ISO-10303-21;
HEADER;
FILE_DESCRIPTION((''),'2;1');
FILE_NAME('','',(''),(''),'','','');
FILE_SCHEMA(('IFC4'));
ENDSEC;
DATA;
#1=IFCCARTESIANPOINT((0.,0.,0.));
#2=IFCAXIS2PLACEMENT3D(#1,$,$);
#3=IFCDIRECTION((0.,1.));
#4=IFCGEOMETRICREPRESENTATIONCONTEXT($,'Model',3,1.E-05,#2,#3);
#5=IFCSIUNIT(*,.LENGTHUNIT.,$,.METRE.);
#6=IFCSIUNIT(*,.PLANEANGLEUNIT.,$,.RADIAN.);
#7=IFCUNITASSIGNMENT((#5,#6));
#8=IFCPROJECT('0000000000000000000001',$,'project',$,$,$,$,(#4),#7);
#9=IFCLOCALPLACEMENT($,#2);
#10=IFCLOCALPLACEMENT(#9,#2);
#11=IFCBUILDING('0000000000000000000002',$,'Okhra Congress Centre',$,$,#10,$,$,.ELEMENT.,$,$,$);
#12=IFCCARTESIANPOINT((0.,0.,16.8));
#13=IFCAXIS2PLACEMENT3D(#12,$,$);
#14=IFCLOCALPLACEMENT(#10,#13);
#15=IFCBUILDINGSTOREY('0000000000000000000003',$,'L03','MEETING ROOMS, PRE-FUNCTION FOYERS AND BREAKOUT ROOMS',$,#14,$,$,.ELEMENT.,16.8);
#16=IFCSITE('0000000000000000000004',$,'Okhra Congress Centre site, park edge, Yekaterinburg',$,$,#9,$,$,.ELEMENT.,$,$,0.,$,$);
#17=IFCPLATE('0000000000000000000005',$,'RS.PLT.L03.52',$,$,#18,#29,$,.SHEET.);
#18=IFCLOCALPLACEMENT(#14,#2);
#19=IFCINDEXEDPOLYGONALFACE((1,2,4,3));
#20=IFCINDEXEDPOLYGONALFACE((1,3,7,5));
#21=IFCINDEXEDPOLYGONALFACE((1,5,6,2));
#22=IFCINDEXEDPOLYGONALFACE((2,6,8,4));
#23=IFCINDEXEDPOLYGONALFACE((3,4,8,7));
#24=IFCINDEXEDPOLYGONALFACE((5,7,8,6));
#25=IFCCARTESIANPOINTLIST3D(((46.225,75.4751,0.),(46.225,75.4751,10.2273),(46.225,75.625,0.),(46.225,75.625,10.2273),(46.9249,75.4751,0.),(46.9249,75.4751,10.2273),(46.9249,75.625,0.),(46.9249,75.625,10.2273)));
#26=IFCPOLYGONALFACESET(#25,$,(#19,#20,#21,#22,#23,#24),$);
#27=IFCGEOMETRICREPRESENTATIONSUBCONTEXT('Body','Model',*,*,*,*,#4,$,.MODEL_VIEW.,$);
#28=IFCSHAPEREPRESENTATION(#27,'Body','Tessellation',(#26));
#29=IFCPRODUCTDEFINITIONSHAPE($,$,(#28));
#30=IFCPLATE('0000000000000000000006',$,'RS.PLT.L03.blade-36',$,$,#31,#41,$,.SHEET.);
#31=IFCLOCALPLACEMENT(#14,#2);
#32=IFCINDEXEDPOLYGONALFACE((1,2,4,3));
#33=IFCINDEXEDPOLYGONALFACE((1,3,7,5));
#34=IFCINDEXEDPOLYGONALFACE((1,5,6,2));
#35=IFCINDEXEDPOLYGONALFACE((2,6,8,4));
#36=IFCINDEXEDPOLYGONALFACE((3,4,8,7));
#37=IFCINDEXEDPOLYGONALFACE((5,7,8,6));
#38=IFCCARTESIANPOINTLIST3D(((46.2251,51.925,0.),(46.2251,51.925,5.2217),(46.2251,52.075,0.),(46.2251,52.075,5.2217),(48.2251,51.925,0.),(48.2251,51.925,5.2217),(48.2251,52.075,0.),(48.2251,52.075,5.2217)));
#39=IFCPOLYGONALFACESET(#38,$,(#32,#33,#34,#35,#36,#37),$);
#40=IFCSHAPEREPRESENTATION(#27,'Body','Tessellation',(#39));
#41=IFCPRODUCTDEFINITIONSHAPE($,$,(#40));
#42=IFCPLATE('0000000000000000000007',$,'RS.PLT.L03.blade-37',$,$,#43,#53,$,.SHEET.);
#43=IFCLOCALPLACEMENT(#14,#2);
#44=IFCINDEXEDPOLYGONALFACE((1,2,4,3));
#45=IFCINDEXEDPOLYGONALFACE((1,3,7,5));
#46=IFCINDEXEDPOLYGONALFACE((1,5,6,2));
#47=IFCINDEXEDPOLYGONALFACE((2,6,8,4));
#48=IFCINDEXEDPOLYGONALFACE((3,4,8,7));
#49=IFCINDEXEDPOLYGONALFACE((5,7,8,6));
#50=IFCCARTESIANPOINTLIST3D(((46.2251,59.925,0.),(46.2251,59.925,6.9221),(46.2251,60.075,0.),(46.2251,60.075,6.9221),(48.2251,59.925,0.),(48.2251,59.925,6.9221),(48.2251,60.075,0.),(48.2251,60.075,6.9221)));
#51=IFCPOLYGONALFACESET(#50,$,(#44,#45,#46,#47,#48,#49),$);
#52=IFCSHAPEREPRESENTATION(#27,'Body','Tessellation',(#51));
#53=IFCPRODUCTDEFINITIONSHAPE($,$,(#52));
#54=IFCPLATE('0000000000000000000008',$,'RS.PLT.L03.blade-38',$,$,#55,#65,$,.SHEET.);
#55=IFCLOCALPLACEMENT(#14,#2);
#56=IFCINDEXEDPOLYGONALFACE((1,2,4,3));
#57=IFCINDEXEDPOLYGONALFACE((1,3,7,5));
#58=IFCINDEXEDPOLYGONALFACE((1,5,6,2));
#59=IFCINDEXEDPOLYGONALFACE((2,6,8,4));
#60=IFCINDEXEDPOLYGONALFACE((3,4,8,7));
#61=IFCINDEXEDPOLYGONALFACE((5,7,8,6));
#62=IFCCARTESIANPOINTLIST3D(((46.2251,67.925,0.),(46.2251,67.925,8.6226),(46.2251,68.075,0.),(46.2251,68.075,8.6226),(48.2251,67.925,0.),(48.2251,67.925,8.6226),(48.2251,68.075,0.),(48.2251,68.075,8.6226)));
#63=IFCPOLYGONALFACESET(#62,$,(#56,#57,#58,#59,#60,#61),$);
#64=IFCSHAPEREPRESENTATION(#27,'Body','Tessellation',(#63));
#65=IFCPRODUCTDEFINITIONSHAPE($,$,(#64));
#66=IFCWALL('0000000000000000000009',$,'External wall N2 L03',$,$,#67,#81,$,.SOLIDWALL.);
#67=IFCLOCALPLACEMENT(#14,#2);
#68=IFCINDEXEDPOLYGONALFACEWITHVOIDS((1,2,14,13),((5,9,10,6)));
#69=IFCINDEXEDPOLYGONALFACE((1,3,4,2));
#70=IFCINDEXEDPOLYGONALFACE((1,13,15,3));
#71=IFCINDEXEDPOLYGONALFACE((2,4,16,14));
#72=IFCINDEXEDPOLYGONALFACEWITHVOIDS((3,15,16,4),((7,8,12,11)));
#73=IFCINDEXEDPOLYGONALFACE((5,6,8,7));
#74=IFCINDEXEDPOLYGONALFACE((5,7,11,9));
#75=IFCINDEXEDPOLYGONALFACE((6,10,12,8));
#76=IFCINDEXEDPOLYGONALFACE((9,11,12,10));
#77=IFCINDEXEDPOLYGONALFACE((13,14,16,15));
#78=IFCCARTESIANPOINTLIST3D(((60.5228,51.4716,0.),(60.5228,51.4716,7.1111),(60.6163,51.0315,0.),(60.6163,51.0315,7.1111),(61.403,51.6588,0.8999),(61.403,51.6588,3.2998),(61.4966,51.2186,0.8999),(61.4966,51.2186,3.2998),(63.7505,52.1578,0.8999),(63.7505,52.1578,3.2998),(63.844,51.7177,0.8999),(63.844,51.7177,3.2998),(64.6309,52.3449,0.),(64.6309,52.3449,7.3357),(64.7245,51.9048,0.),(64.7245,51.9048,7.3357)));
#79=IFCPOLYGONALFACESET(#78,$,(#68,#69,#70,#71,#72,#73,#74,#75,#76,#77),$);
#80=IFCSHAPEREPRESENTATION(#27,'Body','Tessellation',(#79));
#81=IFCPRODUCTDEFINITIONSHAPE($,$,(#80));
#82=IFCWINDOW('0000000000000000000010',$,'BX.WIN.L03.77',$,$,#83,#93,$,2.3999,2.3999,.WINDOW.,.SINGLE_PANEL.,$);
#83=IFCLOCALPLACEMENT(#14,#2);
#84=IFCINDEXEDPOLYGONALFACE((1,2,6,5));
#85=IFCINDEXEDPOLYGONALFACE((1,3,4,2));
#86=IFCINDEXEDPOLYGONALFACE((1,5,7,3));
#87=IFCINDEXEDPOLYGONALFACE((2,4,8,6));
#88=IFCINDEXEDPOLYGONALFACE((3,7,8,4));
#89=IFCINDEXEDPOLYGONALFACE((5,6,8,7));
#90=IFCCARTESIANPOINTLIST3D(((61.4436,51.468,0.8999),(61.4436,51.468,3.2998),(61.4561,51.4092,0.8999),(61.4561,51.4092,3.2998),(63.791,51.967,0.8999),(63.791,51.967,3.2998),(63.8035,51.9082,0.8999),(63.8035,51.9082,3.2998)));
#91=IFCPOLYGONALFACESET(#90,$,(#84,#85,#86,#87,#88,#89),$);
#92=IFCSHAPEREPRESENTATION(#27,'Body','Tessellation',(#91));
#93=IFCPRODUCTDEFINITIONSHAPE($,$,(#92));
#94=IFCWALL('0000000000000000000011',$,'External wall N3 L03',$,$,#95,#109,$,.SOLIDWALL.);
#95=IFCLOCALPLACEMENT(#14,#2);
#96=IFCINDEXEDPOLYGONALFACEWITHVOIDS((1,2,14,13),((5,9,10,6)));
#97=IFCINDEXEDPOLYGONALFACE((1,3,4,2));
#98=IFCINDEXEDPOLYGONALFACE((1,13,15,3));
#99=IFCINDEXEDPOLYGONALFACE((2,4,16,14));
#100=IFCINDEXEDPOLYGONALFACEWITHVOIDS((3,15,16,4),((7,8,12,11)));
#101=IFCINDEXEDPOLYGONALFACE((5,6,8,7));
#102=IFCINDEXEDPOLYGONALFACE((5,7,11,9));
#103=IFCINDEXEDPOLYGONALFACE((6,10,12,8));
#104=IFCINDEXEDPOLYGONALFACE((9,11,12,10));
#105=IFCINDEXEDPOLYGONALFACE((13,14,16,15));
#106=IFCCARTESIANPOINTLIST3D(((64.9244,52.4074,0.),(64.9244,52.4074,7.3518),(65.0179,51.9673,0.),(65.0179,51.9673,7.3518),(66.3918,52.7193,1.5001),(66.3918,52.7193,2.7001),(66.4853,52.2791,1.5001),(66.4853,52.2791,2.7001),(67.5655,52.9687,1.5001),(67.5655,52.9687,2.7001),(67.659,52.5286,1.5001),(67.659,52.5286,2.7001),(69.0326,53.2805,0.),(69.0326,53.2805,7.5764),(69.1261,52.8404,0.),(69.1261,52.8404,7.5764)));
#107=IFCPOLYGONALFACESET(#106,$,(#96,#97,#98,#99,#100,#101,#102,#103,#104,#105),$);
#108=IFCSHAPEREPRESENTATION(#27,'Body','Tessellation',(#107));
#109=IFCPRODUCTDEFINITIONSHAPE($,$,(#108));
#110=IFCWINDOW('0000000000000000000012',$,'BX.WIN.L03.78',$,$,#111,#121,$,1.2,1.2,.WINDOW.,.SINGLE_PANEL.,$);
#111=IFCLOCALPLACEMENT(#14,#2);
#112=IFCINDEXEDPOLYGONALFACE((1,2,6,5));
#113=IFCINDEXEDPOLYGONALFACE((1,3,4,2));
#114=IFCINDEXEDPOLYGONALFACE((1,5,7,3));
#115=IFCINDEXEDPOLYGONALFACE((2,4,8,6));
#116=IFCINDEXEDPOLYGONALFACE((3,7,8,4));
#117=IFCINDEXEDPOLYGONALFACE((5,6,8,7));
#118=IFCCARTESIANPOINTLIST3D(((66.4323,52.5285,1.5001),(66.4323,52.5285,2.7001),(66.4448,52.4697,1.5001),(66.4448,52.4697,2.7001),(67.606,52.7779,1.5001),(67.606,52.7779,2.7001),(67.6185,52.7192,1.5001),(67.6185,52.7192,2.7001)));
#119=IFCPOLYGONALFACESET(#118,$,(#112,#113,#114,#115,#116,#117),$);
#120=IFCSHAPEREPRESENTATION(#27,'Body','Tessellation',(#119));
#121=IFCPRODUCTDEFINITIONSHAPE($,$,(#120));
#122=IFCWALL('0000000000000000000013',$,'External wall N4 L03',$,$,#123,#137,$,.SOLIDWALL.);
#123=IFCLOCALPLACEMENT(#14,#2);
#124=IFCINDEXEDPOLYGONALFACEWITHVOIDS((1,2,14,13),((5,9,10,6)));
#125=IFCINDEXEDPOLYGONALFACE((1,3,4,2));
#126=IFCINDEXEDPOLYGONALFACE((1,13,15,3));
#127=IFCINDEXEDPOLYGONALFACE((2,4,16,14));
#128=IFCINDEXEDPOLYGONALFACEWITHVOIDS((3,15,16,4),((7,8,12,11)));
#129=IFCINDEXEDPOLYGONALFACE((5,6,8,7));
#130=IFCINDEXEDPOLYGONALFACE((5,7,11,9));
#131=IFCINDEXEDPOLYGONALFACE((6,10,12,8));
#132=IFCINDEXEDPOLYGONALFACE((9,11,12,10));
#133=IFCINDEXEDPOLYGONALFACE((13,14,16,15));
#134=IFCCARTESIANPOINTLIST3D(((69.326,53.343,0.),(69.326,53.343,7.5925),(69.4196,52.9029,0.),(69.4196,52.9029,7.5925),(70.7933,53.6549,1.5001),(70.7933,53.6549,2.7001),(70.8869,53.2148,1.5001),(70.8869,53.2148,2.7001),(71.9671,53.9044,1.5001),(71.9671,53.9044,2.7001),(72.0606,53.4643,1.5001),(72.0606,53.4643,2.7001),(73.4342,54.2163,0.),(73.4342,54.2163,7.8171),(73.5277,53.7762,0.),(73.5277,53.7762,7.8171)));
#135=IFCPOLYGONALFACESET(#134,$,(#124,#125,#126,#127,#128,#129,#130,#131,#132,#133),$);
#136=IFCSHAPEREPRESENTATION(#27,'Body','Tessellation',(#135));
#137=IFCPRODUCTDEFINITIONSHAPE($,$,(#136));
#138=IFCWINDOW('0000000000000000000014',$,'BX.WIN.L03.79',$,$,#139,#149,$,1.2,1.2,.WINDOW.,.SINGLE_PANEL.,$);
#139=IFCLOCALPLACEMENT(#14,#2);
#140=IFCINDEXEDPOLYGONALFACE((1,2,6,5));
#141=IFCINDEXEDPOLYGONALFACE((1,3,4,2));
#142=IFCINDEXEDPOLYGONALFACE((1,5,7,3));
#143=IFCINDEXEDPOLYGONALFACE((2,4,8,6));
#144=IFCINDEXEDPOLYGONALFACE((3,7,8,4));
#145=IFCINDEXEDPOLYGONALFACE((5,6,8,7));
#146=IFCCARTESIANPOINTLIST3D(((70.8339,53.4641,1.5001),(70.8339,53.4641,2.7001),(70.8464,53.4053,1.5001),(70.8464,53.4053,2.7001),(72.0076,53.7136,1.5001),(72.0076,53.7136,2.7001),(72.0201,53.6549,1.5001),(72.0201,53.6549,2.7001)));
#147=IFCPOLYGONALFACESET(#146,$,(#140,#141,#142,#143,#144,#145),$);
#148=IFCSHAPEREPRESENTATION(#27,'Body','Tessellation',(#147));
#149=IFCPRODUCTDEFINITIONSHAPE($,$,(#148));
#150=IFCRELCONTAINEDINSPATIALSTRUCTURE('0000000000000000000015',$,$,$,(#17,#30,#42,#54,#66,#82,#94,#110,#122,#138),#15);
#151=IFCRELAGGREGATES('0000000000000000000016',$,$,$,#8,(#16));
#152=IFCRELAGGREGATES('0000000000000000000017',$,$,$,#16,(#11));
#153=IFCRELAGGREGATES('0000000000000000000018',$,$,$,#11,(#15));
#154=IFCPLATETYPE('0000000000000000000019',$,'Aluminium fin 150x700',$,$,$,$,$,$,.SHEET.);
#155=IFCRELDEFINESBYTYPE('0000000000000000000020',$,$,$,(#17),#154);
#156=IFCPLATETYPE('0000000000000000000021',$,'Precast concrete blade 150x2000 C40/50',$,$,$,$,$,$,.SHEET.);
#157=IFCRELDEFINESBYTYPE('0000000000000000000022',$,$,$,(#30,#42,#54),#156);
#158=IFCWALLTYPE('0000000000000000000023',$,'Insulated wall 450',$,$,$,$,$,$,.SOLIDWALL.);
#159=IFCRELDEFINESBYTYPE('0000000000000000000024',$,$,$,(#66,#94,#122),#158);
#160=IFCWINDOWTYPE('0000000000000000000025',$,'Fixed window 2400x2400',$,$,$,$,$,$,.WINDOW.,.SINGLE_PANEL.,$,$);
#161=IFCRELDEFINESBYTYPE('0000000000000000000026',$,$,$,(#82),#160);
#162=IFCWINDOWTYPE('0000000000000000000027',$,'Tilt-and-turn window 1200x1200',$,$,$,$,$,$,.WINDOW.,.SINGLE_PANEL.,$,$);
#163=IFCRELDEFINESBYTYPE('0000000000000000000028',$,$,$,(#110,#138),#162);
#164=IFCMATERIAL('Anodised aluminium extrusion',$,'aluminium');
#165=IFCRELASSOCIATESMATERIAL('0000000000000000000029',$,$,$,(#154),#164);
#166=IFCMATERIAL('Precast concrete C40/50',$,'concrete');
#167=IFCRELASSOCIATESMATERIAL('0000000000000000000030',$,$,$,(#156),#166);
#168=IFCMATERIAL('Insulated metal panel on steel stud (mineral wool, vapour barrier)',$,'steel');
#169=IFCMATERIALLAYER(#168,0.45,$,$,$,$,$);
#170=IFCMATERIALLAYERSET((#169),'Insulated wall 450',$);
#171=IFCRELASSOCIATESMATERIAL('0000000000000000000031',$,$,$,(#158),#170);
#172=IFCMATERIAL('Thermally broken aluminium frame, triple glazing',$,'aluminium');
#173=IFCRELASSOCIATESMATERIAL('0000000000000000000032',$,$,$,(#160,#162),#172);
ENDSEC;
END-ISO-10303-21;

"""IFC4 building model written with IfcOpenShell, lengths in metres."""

from ifc_helpers import new_model, si_unit, direction, frame, frame_2d, origin, origin_2d, place, context, subcontext, project, spatial, polyline, rectangle, outline, extrude, material, layer, layer_set, type_object, element, fill, save


model = new_model("IFC4")

# Units and contexts
model_context = context("Model", 3, precision=1e-05, world=origin(), true_north=direction((0.0, 1.0)))
body_context = subcontext(model_context, "Body", "Model", "MODEL_VIEW")
ifc_project = project(units=[si_unit("LENGTHUNIT", "METRE"), si_unit("PLANEANGLEUNIT", "RADIAN")], contexts=[model_context])

# Site, building, storey
site_placement = place(None, origin())
site = spatial("IfcSite", under=ifc_project, at=site_placement, Name="Okhra Congress Centre site, park edge, Yekaterinburg", CompositionType="ELEMENT", RefElevation=0.0)
building_placement = place(site_placement, origin())
building = spatial("IfcBuilding", under=site, at=building_placement, Name="Okhra Congress Centre", CompositionType="ELEMENT")
storey_placement = place(building_placement, frame((0.0, 0.0, 16.8)))
storey = spatial("IfcBuildingStorey", under=building, at=storey_placement, Name="L03", Description="MEETING ROOMS, PRE-FUNCTION FOYERS AND BREAKOUT ROOMS", CompositionType="ELEMENT", Elevation=16.8)

# Plates
ifc_material_1 = material(Name="Anodised aluminium extrusion", Category="aluminium")
plate_type_1 = type_object("IfcPlateType", Name="Aluminium fin 150x700", PredefinedType="SHEET", material=ifc_material_1)
plate_1_placement = place(storey_placement, frame((46.575, 75.55, 0.0), z_axis=(0.0, 0.0, 1.0), x_axis=(0.0, 1.0, 0.0)))
element("IfcPlate", 1, at=plate_1_placement, inside=storey, type_object=plate_type_1, Name="RS.PLT.L03.52", PredefinedType="SHEET", context=body_context, shape_type="SweptSolid", body=[
    extrude(rectangle(XDim=0.1499, YDim=0.7, at=origin_2d()), origin(), (0.0, 0.0, 1.0), 10.2273),
])
ifc_material_2 = material(Name="Precast concrete C40/50", Category="concrete")
plate_type_2 = type_object("IfcPlateType", Name="Precast concrete blade 150x2000 C40/50", PredefinedType="SHEET", material=ifc_material_2)
plate_2_placement = place(storey_placement, frame((47.2251, 52.0, 0.0), z_axis=(0.0, 0.0, 1.0), x_axis=(0.0, 1.0, 0.0)))
element("IfcPlate", 2, at=plate_2_placement, inside=storey, type_object=plate_type_2, Name="RS.PLT.L03.blade-36", PredefinedType="SHEET", context=body_context, shape_type="SweptSolid", body=[
    extrude(rectangle(XDim=0.1499, YDim=2.0, at=origin_2d()), origin(), (0.0, 0.0, 1.0), 5.2217),
])
plate_3_placement = place(storey_placement, frame((47.2251, 60.0, 0.0), z_axis=(0.0, 0.0, 1.0), x_axis=(0.0, 1.0, 0.0)))
element("IfcPlate", 3, at=plate_3_placement, inside=storey, type_object=plate_type_2, Name="RS.PLT.L03.blade-37", PredefinedType="SHEET", context=body_context, shape_type="SweptSolid", body=[
    extrude(rectangle(XDim=0.1499, YDim=2.0, at=origin_2d()), origin(), (0.0, 0.0, 1.0), 6.9221),
])
plate_4_placement = place(storey_placement, frame((47.2251, 68.0, 0.0), z_axis=(0.0, 0.0, 1.0), x_axis=(0.0, 1.0, 0.0)))
element("IfcPlate", 4, at=plate_4_placement, inside=storey, type_object=plate_type_2, Name="RS.PLT.L03.blade-38", PredefinedType="SHEET", context=body_context, shape_type="SweptSolid", body=[
    extrude(rectangle(XDim=0.1499, YDim=2.0, at=origin_2d()), origin(), (0.0, 0.0, 1.0), 8.6226),
])

# Walls, openings, windows
ifc_material_3 = material(Name="Insulated metal panel on steel stud (mineral wool, vapour barrier)", Category="steel")
ifc_layer_1 = layer(ifc_material_3, 0.45)
ifc_layer_set_1 = layer_set([ifc_layer_1], Name="Insulated wall 450")
wall_type_1 = type_object("IfcWallType", Name="Insulated wall 450", PredefinedType="SOLIDWALL", material=ifc_layer_set_1)
wall_1_placement = place(storey_placement, frame((60.5696, 51.2515, 0.0), z_axis=(0.0, 0.0, 1.0), x_axis=(0.978144, 0.207929, 0.0)))
wall_1 = element("IfcWall", 5, at=wall_1_placement, inside=storey, type_object=wall_type_1, Name="External wall N2 L03", PredefinedType="SOLIDWALL", context=body_context, shape_type="SweptSolid", body=[
    extrude(outline(polyline([(0.0, 0.0), (4.2, 0.0), (4.2, 7.3357), (0.0, 7.1111), (0.0, 0.0)])), frame((0.0, 0.2251, 0.0), z_axis=(0.0, -1.0, 0.0), x_axis=(1.0, 0.0, 0.0)), (0.0, 0.0, 1.0), 0.45),
])
opening_1_placement = place(wall_1_placement, frame((0.8999, 0.0, 0.8999)))
opening_1 = element("IfcOpeningElement", 6, at=opening_1_placement, cuts=wall_1, PredefinedType="OPENING", context=body_context, shape_type="SweptSolid", body=[
    extrude(rectangle(XDim=2.3999, YDim=2.3999, at=frame_2d((1.2, 1.2))), frame((0.0, 0.2349, 0.0), z_axis=(0.0, -1.0, 0.0), x_axis=(1.0, 0.0, 0.0)), (0.0, 0.0, 1.0), 0.47),
])
ifc_material_4 = material(Name="Thermally broken aluminium frame, triple glazing", Category="aluminium")
window_type_1 = type_object("IfcWindowType", Name="Fixed window 2400x2400", PartitioningType="SINGLE_PANEL", PredefinedType="WINDOW", material=ifc_material_4)
window_1_placement = place(opening_1_placement, origin())
window_1 = element("IfcWindow", 7, at=window_1_placement, inside=storey, type_object=window_type_1, Name="BX.WIN.L03.77", OverallHeight=2.3999, OverallWidth=2.3999, PartitioningType="SINGLE_PANEL", PredefinedType="WINDOW", context=body_context, shape_type="SweptSolid", body=[
    extrude(rectangle(XDim=2.3999, YDim=2.3999, at=frame_2d((1.2, 1.2))), frame((0.0, 0.03, 0.0), z_axis=(0.0, -1.0, 0.0), x_axis=(1.0, 0.0, 0.0)), (0.0, 0.0, 1.0), 0.0601),
])
fill(opening_1, window_1)
wall_2_placement = place(storey_placement, frame((64.9712, 52.1873, 0.0), z_axis=(0.0, 0.0, 1.0), x_axis=(0.978156, 0.207873, 0.0)))
wall_2 = element("IfcWall", 8, at=wall_2_placement, inside=storey, type_object=wall_type_1, Name="External wall N3 L03", PredefinedType="SOLIDWALL", context=body_context, shape_type="SweptSolid", body=[
    extrude(outline(polyline([(0.0, 0.0), (4.2, 0.0), (4.2, 7.5764), (0.0, 7.3518), (0.0, 0.0)])), frame((0.0, 0.2251, 0.0), z_axis=(0.0, -1.0, 0.0), x_axis=(1.0, 0.0, 0.0)), (0.0, 0.0, 1.0), 0.45),
])
opening_2_placement = place(wall_2_placement, frame((1.5, 0.0, 1.5)))
opening_2 = element("IfcOpeningElement", 9, at=opening_2_placement, cuts=wall_2, PredefinedType="OPENING", context=body_context, shape_type="SweptSolid", body=[
    extrude(rectangle(XDim=1.2, YDim=1.2, at=frame_2d((0.6001, 0.6001))), frame((0.0, 0.2349, 0.0), z_axis=(0.0, -1.0, 0.0), x_axis=(1.0, 0.0, 0.0)), (0.0, 0.0, 1.0), 0.47),
])
window_type_2 = type_object("IfcWindowType", Name="Tilt-and-turn window 1200x1200", PartitioningType="SINGLE_PANEL", PredefinedType="WINDOW", material=ifc_material_4)
window_2_placement = place(opening_2_placement, origin())
window_2 = element("IfcWindow", 10, at=window_2_placement, inside=storey, type_object=window_type_2, Name="BX.WIN.L03.78", OverallHeight=1.2, OverallWidth=1.2, PartitioningType="SINGLE_PANEL", PredefinedType="WINDOW", context=body_context, shape_type="SweptSolid", body=[
    extrude(rectangle(XDim=1.2, YDim=1.2, at=frame_2d((0.6001, 0.6001))), frame((0.0, 0.03, 0.0), z_axis=(0.0, -1.0, 0.0), x_axis=(1.0, 0.0, 0.0)), (0.0, 0.0, 1.0), 0.0601),
])
fill(opening_2, window_2)
wall_3_placement = place(storey_placement, frame((69.3728, 53.1228, 0.0), z_axis=(0.0, 0.0, 1.0), x_axis=(0.978144, 0.207929, 0.0)))
wall_3 = element("IfcWall", 11, at=wall_3_placement, inside=storey, type_object=wall_type_1, Name="External wall N4 L03", PredefinedType="SOLIDWALL", context=body_context, shape_type="SweptSolid", body=[
    extrude(outline(polyline([(0.0, 0.0), (4.2, 0.0), (4.2, 7.8171), (0.0, 7.5925), (0.0, 0.0)])), frame((0.0, 0.2251, 0.0), z_axis=(0.0, -1.0, 0.0), x_axis=(1.0, 0.0, 0.0)), (0.0, 0.0, 1.0), 0.45),
])
opening_3_placement = place(wall_3_placement, frame((1.5, 0.0, 1.5)))
opening_3 = element("IfcOpeningElement", 12, at=opening_3_placement, cuts=wall_3, PredefinedType="OPENING", context=body_context, shape_type="SweptSolid", body=[
    extrude(rectangle(XDim=1.2, YDim=1.2, at=frame_2d((0.6001, 0.6001))), frame((0.0, 0.2349, 0.0), z_axis=(0.0, -1.0, 0.0), x_axis=(1.0, 0.0, 0.0)), (0.0, 0.0, 1.0), 0.47),
])
window_3_placement = place(opening_3_placement, origin())
window_3 = element("IfcWindow", 13, at=window_3_placement, inside=storey, type_object=window_type_2, Name="BX.WIN.L03.79", OverallHeight=1.2, OverallWidth=1.2, PartitioningType="SINGLE_PANEL", PredefinedType="WINDOW", context=body_context, shape_type="SweptSolid", body=[
    extrude(rectangle(XDim=1.2, YDim=1.2, at=frame_2d((0.6001, 0.6001))), frame((0.0, 0.03, 0.0), z_axis=(0.0, -1.0, 0.0), x_axis=(1.0, 0.0, 0.0)), (0.0, 0.0, 1.0), 0.0601),
])
fill(opening_3, window_3)

save(model, "model.ifc")
